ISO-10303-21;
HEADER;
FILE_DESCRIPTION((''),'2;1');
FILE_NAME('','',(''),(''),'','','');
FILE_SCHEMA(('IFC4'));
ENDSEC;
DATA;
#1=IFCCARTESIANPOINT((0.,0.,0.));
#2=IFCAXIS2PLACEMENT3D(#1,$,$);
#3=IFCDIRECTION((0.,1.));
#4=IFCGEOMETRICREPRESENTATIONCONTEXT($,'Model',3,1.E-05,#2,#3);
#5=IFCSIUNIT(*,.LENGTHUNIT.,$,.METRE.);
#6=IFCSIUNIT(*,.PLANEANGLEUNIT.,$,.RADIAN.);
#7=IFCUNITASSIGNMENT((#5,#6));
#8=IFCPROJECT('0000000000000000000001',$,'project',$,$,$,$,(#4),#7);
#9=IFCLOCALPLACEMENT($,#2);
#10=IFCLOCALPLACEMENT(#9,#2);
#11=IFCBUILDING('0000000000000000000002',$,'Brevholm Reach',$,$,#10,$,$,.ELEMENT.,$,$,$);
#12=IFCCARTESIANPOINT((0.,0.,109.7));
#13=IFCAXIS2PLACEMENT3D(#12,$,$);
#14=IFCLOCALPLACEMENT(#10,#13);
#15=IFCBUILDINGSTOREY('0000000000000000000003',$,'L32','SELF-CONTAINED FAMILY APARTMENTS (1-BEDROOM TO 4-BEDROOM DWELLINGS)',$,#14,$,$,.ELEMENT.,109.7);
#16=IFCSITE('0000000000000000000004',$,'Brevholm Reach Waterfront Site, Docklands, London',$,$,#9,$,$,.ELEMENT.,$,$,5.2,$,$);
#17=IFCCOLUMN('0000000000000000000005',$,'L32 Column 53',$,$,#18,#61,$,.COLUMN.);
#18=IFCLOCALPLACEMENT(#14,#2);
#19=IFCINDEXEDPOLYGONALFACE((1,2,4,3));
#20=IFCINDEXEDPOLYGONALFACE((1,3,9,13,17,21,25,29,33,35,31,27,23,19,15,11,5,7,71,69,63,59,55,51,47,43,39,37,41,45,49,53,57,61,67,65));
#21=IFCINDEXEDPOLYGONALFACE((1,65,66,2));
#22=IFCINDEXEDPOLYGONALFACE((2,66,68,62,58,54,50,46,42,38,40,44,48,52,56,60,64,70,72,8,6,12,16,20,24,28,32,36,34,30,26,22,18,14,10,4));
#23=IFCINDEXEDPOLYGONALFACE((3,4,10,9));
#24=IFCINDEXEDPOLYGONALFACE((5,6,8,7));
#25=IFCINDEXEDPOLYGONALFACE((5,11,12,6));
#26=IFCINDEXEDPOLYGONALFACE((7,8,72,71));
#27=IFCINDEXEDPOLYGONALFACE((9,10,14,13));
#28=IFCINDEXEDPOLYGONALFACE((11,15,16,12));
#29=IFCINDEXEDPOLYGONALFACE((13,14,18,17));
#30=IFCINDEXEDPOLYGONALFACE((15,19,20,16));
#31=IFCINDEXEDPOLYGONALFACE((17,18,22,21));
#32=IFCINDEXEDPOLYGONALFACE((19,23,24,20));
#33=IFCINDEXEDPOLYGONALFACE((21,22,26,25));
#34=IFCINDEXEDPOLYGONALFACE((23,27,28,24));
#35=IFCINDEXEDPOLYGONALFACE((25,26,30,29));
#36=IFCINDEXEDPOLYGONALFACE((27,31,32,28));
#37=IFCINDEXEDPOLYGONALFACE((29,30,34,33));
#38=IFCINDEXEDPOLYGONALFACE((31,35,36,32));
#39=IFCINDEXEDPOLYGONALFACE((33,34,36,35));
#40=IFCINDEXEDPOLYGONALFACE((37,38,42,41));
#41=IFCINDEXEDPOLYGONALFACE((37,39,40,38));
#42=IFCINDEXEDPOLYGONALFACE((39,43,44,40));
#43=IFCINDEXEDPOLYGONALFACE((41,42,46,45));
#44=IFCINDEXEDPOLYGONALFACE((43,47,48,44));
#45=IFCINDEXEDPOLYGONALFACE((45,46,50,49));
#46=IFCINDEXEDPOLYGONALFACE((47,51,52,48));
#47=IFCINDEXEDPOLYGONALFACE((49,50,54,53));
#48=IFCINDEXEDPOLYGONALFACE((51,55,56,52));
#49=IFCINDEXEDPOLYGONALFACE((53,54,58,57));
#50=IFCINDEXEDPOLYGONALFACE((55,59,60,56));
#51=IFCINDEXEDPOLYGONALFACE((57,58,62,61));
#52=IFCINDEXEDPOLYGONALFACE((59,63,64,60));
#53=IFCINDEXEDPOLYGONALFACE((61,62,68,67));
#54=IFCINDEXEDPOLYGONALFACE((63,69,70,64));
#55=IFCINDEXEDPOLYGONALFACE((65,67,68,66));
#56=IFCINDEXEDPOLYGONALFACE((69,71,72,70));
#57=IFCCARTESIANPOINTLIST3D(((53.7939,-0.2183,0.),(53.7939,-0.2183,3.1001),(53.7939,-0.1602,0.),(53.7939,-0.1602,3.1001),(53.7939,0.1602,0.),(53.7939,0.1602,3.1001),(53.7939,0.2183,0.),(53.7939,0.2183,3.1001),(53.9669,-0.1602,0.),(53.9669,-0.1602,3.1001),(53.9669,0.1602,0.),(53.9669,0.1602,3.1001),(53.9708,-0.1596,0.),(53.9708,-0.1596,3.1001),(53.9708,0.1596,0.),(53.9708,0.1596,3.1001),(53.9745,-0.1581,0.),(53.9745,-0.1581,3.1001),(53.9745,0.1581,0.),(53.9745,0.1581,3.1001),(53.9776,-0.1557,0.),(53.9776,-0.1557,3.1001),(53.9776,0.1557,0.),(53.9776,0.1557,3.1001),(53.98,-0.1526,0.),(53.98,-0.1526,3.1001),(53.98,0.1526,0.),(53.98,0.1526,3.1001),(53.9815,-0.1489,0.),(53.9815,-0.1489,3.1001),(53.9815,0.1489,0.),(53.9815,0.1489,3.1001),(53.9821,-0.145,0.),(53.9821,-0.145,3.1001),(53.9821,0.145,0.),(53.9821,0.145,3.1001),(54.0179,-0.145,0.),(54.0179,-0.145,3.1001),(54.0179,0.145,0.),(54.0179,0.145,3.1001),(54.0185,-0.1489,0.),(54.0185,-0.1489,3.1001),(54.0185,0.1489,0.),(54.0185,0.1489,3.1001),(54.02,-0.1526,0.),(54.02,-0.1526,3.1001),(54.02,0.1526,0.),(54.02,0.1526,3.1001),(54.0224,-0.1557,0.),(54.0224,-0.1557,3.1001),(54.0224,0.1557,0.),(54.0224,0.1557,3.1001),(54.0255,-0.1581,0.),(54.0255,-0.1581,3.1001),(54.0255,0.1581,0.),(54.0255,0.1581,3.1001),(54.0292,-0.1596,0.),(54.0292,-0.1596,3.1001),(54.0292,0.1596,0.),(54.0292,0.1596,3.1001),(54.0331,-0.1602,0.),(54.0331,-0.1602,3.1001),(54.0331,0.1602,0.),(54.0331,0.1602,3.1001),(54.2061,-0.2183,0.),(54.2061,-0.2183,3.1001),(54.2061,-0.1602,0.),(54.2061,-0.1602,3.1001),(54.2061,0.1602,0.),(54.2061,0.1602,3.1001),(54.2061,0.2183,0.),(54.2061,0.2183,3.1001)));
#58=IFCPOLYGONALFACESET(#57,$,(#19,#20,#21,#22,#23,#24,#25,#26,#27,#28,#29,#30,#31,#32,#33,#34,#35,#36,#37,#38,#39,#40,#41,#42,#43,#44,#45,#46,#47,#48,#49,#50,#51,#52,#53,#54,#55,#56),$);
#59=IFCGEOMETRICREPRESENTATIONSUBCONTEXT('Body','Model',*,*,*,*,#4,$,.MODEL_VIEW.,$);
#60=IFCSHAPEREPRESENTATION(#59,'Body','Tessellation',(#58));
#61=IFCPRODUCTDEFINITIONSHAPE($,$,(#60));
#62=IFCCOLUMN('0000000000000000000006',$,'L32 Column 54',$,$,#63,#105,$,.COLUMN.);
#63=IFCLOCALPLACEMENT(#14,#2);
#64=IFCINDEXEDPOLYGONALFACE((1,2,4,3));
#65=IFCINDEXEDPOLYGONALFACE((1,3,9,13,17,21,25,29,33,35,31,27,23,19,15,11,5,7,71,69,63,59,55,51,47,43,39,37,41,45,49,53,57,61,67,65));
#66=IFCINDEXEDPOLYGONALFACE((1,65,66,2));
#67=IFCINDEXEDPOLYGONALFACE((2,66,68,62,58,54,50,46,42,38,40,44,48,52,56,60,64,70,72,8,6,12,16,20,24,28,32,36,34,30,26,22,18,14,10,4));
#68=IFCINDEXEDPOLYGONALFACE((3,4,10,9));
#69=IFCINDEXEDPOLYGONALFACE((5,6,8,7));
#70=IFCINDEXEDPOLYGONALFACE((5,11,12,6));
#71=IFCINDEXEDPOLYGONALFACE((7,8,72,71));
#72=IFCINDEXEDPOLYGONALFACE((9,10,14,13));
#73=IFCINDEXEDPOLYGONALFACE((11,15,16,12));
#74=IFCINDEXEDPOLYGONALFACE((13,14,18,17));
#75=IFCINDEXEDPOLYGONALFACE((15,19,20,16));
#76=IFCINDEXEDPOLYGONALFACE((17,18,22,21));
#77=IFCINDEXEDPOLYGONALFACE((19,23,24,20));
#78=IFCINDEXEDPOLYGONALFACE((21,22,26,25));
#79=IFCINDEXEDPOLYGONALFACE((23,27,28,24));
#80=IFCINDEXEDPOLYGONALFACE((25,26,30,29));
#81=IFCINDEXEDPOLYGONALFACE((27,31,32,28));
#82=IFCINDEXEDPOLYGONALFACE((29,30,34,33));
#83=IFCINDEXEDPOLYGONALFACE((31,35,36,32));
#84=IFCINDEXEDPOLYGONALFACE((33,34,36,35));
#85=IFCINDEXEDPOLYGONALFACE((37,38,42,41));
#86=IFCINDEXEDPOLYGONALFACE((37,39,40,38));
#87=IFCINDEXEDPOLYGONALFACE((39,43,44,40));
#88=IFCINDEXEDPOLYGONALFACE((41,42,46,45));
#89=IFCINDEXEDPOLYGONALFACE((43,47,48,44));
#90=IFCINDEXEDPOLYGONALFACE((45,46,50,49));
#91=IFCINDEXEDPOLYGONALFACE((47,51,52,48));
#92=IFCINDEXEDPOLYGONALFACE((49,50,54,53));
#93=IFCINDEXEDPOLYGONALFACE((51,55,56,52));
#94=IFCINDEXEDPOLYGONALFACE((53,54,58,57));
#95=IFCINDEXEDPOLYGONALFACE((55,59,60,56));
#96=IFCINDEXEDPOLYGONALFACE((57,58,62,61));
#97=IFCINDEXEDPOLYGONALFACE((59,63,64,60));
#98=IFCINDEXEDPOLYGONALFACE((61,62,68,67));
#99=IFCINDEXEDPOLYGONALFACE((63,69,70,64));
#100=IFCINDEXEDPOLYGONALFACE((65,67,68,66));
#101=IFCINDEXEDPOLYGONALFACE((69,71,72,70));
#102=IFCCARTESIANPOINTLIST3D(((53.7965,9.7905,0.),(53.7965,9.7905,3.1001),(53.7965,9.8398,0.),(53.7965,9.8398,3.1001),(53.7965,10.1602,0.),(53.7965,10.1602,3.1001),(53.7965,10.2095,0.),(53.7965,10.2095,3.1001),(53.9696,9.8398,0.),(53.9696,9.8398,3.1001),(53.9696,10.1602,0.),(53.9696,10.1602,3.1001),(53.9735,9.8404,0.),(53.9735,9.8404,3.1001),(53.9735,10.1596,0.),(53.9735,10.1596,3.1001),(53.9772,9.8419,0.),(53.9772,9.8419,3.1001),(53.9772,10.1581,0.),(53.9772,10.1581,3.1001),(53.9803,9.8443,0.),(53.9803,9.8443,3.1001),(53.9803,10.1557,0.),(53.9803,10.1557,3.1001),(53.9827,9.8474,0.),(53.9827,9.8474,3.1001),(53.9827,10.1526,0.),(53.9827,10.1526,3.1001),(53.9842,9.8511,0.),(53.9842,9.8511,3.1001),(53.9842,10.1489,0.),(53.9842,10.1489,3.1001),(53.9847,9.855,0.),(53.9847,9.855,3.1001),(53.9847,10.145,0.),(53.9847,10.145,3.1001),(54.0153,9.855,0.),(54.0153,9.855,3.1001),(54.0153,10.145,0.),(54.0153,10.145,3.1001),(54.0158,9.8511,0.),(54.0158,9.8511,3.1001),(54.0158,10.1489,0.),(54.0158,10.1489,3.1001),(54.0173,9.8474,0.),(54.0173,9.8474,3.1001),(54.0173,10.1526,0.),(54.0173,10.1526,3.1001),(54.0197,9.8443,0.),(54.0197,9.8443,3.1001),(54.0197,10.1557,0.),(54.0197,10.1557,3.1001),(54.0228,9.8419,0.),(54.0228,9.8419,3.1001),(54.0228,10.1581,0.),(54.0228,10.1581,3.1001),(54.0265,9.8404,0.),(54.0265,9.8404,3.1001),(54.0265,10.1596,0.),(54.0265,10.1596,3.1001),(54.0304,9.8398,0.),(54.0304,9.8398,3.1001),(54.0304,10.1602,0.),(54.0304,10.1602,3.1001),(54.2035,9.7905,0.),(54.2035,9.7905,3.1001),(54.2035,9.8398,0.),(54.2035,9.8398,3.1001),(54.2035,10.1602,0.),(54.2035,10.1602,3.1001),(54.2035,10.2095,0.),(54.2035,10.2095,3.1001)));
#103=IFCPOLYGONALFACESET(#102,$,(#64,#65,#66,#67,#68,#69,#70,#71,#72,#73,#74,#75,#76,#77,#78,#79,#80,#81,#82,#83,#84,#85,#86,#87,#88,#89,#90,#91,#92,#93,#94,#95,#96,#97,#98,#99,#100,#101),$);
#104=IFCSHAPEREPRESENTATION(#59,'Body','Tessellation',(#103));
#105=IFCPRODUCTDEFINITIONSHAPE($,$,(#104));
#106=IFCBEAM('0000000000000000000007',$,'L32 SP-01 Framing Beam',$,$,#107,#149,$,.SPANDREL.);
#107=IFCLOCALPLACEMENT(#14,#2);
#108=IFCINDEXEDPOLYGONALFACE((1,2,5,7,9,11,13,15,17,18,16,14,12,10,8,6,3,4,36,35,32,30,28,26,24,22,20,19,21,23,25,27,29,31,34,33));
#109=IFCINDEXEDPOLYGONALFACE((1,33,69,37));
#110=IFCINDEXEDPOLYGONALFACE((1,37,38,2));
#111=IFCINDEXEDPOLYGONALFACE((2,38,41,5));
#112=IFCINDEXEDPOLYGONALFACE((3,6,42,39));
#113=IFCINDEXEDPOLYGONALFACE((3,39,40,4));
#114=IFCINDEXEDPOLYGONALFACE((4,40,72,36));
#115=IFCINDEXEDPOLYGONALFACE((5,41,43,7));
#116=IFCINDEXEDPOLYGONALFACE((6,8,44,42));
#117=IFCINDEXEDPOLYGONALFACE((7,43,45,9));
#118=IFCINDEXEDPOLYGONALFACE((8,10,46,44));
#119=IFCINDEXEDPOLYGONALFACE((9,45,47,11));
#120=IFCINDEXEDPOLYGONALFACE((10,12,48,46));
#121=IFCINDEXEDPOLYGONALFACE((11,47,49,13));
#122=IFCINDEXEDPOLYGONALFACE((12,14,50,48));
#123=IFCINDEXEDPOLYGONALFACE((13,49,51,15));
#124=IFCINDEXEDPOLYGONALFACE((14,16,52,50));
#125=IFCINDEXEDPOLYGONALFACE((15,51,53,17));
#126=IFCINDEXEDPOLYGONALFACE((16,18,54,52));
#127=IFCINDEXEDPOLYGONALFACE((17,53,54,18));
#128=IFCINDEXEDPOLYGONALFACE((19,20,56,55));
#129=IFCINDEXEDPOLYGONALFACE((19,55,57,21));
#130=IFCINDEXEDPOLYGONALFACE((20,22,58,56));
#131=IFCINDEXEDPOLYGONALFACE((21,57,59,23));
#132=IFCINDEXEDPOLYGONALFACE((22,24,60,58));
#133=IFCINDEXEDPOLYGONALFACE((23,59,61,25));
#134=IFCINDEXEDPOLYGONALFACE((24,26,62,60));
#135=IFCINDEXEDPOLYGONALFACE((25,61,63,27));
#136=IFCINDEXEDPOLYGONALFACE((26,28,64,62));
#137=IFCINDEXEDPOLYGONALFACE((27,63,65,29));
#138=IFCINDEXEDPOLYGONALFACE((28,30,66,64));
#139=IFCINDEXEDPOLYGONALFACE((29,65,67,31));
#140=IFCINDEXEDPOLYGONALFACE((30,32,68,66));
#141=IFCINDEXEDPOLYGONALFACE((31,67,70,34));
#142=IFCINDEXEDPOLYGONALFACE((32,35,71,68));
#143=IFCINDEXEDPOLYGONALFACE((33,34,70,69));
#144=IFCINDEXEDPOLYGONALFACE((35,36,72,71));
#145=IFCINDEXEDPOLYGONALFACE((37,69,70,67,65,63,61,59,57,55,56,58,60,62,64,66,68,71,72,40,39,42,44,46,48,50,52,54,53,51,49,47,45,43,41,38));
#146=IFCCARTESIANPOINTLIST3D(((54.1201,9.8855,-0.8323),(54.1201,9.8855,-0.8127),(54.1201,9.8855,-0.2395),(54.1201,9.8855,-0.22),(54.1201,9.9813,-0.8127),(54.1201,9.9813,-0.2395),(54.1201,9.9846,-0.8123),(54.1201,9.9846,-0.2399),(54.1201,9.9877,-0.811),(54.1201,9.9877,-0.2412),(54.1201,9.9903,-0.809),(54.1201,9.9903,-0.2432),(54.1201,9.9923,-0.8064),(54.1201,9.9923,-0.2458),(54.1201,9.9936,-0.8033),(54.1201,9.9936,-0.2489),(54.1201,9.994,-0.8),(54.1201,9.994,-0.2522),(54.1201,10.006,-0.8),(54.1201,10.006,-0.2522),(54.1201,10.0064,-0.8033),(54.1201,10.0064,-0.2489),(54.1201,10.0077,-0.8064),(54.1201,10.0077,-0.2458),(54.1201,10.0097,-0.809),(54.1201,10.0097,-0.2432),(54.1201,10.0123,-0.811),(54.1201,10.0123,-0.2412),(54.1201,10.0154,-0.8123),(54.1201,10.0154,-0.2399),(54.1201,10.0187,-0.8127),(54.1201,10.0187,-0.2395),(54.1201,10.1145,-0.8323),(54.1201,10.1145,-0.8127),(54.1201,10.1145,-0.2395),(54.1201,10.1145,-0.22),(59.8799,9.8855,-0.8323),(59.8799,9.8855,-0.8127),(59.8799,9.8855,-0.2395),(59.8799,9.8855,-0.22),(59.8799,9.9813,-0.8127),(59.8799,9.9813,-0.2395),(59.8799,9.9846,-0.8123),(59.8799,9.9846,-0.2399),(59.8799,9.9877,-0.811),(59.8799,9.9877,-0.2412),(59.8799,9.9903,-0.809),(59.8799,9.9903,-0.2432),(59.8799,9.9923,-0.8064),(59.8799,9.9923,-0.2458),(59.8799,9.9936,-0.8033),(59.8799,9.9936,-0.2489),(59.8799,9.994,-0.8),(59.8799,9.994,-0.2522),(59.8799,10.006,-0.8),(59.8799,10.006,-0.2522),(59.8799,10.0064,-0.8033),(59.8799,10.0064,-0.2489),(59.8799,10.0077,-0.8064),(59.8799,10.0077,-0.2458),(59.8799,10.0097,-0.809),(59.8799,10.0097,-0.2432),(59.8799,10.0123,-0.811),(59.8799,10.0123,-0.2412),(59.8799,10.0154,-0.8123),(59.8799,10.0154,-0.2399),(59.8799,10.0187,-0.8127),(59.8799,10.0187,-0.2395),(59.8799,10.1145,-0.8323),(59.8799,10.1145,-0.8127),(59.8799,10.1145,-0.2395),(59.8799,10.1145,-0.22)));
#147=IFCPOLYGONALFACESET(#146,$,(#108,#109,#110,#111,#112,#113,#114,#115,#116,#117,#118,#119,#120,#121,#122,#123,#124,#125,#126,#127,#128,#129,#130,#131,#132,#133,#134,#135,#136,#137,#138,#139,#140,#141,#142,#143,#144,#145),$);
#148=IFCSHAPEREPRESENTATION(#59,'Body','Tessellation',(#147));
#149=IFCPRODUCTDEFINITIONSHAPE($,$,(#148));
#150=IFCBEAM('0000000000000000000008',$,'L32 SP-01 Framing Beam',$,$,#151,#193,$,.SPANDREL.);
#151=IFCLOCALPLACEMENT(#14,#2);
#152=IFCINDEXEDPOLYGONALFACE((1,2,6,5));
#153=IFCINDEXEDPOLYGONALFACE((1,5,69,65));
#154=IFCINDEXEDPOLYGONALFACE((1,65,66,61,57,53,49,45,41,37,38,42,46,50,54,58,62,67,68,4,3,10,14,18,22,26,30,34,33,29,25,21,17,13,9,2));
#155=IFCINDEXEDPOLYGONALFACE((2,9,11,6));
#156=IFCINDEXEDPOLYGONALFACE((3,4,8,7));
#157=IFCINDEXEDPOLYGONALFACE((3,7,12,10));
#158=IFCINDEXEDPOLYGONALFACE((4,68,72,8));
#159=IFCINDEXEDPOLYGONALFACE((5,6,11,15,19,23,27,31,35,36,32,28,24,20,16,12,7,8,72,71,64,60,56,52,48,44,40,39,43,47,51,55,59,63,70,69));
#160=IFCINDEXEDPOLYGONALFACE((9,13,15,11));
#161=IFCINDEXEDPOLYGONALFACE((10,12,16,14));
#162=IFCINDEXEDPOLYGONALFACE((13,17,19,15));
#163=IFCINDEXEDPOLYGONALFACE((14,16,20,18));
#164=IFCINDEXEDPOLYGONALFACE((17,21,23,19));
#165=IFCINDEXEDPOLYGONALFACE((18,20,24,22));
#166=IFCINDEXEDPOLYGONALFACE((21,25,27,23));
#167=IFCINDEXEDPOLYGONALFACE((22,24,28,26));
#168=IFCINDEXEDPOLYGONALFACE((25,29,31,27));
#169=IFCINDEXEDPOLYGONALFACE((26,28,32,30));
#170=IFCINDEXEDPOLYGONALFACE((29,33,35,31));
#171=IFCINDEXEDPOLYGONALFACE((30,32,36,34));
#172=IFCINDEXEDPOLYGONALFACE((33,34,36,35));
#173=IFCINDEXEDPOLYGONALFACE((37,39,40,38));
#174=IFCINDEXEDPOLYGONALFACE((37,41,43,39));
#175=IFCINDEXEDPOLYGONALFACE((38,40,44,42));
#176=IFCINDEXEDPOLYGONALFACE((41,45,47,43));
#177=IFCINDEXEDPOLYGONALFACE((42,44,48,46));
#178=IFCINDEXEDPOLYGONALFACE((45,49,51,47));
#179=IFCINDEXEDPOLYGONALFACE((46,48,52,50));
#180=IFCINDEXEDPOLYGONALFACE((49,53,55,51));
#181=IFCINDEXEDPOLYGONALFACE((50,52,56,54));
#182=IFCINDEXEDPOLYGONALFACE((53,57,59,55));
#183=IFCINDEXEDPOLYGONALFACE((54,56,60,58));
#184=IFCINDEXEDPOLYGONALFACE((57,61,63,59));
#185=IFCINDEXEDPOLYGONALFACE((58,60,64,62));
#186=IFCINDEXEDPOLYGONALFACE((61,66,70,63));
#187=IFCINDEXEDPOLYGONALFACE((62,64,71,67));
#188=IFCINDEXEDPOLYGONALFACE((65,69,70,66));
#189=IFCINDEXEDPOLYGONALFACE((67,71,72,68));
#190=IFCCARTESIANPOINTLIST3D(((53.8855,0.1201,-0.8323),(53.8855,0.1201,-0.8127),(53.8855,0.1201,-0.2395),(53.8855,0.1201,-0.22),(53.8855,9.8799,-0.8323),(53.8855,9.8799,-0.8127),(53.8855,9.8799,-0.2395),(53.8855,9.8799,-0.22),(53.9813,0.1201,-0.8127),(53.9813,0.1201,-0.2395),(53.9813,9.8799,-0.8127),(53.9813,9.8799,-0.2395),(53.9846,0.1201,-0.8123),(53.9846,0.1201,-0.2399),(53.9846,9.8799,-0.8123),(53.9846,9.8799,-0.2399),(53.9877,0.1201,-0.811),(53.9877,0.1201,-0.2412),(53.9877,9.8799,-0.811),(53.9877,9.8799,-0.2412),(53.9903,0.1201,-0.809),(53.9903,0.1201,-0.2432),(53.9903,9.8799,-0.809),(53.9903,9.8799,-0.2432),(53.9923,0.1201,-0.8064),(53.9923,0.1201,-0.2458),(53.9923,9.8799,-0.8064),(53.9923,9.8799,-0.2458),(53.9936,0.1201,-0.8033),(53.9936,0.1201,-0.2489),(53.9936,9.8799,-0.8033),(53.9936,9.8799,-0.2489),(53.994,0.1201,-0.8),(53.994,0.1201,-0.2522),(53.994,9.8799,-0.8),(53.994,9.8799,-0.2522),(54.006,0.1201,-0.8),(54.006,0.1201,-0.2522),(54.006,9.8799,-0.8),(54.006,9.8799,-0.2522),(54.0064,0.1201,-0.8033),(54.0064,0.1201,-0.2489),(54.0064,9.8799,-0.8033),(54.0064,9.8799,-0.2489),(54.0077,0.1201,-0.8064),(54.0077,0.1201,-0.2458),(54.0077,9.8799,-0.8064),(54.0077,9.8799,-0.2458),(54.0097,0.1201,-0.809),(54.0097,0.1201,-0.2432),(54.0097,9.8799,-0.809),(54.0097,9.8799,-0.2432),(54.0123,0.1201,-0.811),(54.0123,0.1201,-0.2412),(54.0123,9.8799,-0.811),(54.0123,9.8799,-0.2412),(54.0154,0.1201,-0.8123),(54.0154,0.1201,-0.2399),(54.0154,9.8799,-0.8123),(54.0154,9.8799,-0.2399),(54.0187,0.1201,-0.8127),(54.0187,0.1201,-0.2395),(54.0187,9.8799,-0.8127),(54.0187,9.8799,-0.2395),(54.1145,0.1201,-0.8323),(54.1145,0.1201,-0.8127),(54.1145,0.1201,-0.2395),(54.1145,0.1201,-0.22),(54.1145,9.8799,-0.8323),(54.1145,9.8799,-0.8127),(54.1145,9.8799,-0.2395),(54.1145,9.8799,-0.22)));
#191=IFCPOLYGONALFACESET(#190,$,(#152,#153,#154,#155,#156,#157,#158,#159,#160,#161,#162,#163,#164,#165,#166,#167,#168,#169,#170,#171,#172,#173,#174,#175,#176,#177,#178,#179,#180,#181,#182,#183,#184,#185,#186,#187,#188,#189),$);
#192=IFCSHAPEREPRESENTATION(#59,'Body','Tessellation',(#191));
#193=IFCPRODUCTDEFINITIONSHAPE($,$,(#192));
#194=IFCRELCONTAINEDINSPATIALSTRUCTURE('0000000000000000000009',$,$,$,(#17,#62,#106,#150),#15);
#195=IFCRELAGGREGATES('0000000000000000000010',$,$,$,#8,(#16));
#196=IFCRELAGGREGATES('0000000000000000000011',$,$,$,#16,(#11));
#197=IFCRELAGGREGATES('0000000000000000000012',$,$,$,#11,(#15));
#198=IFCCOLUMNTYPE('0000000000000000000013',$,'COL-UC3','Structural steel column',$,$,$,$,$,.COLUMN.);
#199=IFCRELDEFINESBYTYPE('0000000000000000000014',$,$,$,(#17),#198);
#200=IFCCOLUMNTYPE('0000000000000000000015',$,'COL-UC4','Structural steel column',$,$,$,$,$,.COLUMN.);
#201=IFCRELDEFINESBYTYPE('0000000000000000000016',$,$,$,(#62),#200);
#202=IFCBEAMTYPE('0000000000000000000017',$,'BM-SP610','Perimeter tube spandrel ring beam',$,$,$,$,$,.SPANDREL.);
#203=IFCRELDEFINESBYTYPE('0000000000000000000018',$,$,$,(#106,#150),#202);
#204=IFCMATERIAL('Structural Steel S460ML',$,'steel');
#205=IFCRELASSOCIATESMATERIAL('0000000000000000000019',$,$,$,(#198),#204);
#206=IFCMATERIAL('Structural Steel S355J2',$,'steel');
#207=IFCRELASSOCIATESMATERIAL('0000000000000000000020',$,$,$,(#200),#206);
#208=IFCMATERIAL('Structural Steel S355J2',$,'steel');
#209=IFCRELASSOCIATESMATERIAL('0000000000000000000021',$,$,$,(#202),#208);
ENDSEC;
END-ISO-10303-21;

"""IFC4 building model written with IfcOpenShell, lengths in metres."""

from ifc_helpers import new_model, si_unit, direction, frame, origin, origin_2d, place, context, subcontext, project, spatial, i_section, extrude, material, material_profile, profile_set, type_object, element, save


model = new_model("IFC4")

# Units and contexts
model_context = context("Model", 3, precision=1e-05, world=origin(), true_north=direction((0.0, 1.0)))
body_context = subcontext(model_context, "Body", "Model", "MODEL_VIEW")
ifc_project = project(units=[si_unit("LENGTHUNIT", "METRE"), si_unit("PLANEANGLEUNIT", "RADIAN")], contexts=[model_context])

# Site, building, storey
site_placement = place(None, origin())
site = spatial("IfcSite", under=ifc_project, at=site_placement, Name="Brevholm Reach Waterfront Site, Docklands, London", CompositionType="ELEMENT", RefElevation=5.2)
building_placement = place(site_placement, origin())
building = spatial("IfcBuilding", under=site, at=building_placement, Name="Brevholm Reach", CompositionType="ELEMENT")
storey_placement = place(building_placement, frame((0.0, 0.0, 109.7)))
storey = spatial("IfcBuildingStorey", under=building, at=storey_placement, Name="L32", Description="SELF-CONTAINED FAMILY APARTMENTS (1-BEDROOM TO 4-BEDROOM DWELLINGS)", CompositionType="ELEMENT", Elevation=109.7)

# Columns
ifc_material_1 = material(Name="Structural Steel S460ML", Category="steel")
ifc_material_profile_1 = material_profile(ifc_material_1, i_section(OverallWidth=0.4121, OverallDepth=0.4365, WebThickness=0.0359, FlangeThickness=0.0581, FilletRadius=0.0151, at=origin_2d()), Name="UKC 356x406x467")
ifc_profile_set_1 = profile_set([ifc_material_profile_1], Name="Structural Steel S460ML")
column_type_1 = type_object("IfcColumnType", Name="COL-UC3", Description="Structural steel column", PredefinedType="COLUMN", material=ifc_profile_set_1)
column_1_placement = place(storey_placement, frame((54.0, 0.0, 0.0), z_axis=(0.0, 0.0, 1.0), x_axis=(1.0, 0.0, 0.0)))
element("IfcColumn", 1, at=column_1_placement, inside=storey, type_object=column_type_1, Name="L32 Column 53", PredefinedType="COLUMN", context=body_context, shape_type="SweptSolid", body=[
    extrude(i_section(OverallWidth=0.4121, OverallDepth=0.4365, WebThickness=0.0359, FlangeThickness=0.0581, FilletRadius=0.0151, at=origin_2d()), origin(), (0.0, 0.0, 1.0), 3.1001),
])
ifc_material_2 = material(Name="Structural Steel S355J2", Category="steel")
ifc_material_profile_2 = material_profile(ifc_material_2, i_section(OverallWidth=0.407, OverallDepth=0.4189, WebThickness=0.0305, FlangeThickness=0.0493, FilletRadius=0.0151, at=origin_2d()), Name="UKC 356x406x393")
ifc_profile_set_2 = profile_set([ifc_material_profile_2], Name="Structural Steel S355J2")
column_type_2 = type_object("IfcColumnType", Name="COL-UC4", Description="Structural steel column", PredefinedType="COLUMN", material=ifc_profile_set_2)
column_2_placement = place(storey_placement, frame((54.0, 10.0, 0.0), z_axis=(0.0, 0.0, 1.0), x_axis=(1.0, 0.0, 0.0)))
element("IfcColumn", 2, at=column_2_placement, inside=storey, type_object=column_type_2, Name="L32 Column 54", PredefinedType="COLUMN", context=body_context, shape_type="SweptSolid", body=[
    extrude(i_section(OverallWidth=0.407, OverallDepth=0.4189, WebThickness=0.0305, FlangeThickness=0.0493, FilletRadius=0.0151, at=origin_2d()), origin(), (0.0, 0.0, 1.0), 3.1001),
])

# Beams
ifc_material_3 = material(Name="Structural Steel S355J2", Category="steel")
ifc_material_profile_3 = material_profile(ifc_material_3, i_section(OverallWidth=0.229, OverallDepth=0.6123, WebThickness=0.012, FlangeThickness=0.0195, FilletRadius=0.0127, at=origin_2d()), Name="UKB 610x229x125")
ifc_profile_set_3 = profile_set([ifc_material_profile_3], Name="Structural Steel S355J2")
beam_type = type_object("IfcBeamType", Name="BM-SP610", Description="Perimeter tube spandrel ring beam", PredefinedType="SPANDREL", material=ifc_profile_set_3)
beam_1_placement = place(storey_placement, frame((54.1201, 10.0, -0.5261), z_axis=(1.0, 0.0, 0.0), x_axis=(0.0, 1.0, 0.0)))
element("IfcBeam", 3, at=beam_1_placement, inside=storey, type_object=beam_type, Name="L32 SP-01 Framing Beam", PredefinedType="SPANDREL", context=body_context, shape_type="SweptSolid", body=[
    extrude(i_section(OverallWidth=0.229, OverallDepth=0.6123, WebThickness=0.012, FlangeThickness=0.0195, FilletRadius=0.0127, at=origin_2d()), origin(), (0.0, 0.0, 1.0), 5.7598),
])
beam_2_placement = place(storey_placement, frame((54.0, 0.1201, -0.5261), z_axis=(0.0, 1.0, 0.0), x_axis=(-1.0, 0.0, 0.0)))
element("IfcBeam", 4, at=beam_2_placement, inside=storey, type_object=beam_type, Name="L32 SP-01 Framing Beam", PredefinedType="SPANDREL", context=body_context, shape_type="SweptSolid", body=[
    extrude(i_section(OverallWidth=0.229, OverallDepth=0.6123, WebThickness=0.012, FlangeThickness=0.0195, FilletRadius=0.0127, at=origin_2d()), origin(), (0.0, 0.0, 1.0), 9.7598),
])

save(model, "model.ifc")
